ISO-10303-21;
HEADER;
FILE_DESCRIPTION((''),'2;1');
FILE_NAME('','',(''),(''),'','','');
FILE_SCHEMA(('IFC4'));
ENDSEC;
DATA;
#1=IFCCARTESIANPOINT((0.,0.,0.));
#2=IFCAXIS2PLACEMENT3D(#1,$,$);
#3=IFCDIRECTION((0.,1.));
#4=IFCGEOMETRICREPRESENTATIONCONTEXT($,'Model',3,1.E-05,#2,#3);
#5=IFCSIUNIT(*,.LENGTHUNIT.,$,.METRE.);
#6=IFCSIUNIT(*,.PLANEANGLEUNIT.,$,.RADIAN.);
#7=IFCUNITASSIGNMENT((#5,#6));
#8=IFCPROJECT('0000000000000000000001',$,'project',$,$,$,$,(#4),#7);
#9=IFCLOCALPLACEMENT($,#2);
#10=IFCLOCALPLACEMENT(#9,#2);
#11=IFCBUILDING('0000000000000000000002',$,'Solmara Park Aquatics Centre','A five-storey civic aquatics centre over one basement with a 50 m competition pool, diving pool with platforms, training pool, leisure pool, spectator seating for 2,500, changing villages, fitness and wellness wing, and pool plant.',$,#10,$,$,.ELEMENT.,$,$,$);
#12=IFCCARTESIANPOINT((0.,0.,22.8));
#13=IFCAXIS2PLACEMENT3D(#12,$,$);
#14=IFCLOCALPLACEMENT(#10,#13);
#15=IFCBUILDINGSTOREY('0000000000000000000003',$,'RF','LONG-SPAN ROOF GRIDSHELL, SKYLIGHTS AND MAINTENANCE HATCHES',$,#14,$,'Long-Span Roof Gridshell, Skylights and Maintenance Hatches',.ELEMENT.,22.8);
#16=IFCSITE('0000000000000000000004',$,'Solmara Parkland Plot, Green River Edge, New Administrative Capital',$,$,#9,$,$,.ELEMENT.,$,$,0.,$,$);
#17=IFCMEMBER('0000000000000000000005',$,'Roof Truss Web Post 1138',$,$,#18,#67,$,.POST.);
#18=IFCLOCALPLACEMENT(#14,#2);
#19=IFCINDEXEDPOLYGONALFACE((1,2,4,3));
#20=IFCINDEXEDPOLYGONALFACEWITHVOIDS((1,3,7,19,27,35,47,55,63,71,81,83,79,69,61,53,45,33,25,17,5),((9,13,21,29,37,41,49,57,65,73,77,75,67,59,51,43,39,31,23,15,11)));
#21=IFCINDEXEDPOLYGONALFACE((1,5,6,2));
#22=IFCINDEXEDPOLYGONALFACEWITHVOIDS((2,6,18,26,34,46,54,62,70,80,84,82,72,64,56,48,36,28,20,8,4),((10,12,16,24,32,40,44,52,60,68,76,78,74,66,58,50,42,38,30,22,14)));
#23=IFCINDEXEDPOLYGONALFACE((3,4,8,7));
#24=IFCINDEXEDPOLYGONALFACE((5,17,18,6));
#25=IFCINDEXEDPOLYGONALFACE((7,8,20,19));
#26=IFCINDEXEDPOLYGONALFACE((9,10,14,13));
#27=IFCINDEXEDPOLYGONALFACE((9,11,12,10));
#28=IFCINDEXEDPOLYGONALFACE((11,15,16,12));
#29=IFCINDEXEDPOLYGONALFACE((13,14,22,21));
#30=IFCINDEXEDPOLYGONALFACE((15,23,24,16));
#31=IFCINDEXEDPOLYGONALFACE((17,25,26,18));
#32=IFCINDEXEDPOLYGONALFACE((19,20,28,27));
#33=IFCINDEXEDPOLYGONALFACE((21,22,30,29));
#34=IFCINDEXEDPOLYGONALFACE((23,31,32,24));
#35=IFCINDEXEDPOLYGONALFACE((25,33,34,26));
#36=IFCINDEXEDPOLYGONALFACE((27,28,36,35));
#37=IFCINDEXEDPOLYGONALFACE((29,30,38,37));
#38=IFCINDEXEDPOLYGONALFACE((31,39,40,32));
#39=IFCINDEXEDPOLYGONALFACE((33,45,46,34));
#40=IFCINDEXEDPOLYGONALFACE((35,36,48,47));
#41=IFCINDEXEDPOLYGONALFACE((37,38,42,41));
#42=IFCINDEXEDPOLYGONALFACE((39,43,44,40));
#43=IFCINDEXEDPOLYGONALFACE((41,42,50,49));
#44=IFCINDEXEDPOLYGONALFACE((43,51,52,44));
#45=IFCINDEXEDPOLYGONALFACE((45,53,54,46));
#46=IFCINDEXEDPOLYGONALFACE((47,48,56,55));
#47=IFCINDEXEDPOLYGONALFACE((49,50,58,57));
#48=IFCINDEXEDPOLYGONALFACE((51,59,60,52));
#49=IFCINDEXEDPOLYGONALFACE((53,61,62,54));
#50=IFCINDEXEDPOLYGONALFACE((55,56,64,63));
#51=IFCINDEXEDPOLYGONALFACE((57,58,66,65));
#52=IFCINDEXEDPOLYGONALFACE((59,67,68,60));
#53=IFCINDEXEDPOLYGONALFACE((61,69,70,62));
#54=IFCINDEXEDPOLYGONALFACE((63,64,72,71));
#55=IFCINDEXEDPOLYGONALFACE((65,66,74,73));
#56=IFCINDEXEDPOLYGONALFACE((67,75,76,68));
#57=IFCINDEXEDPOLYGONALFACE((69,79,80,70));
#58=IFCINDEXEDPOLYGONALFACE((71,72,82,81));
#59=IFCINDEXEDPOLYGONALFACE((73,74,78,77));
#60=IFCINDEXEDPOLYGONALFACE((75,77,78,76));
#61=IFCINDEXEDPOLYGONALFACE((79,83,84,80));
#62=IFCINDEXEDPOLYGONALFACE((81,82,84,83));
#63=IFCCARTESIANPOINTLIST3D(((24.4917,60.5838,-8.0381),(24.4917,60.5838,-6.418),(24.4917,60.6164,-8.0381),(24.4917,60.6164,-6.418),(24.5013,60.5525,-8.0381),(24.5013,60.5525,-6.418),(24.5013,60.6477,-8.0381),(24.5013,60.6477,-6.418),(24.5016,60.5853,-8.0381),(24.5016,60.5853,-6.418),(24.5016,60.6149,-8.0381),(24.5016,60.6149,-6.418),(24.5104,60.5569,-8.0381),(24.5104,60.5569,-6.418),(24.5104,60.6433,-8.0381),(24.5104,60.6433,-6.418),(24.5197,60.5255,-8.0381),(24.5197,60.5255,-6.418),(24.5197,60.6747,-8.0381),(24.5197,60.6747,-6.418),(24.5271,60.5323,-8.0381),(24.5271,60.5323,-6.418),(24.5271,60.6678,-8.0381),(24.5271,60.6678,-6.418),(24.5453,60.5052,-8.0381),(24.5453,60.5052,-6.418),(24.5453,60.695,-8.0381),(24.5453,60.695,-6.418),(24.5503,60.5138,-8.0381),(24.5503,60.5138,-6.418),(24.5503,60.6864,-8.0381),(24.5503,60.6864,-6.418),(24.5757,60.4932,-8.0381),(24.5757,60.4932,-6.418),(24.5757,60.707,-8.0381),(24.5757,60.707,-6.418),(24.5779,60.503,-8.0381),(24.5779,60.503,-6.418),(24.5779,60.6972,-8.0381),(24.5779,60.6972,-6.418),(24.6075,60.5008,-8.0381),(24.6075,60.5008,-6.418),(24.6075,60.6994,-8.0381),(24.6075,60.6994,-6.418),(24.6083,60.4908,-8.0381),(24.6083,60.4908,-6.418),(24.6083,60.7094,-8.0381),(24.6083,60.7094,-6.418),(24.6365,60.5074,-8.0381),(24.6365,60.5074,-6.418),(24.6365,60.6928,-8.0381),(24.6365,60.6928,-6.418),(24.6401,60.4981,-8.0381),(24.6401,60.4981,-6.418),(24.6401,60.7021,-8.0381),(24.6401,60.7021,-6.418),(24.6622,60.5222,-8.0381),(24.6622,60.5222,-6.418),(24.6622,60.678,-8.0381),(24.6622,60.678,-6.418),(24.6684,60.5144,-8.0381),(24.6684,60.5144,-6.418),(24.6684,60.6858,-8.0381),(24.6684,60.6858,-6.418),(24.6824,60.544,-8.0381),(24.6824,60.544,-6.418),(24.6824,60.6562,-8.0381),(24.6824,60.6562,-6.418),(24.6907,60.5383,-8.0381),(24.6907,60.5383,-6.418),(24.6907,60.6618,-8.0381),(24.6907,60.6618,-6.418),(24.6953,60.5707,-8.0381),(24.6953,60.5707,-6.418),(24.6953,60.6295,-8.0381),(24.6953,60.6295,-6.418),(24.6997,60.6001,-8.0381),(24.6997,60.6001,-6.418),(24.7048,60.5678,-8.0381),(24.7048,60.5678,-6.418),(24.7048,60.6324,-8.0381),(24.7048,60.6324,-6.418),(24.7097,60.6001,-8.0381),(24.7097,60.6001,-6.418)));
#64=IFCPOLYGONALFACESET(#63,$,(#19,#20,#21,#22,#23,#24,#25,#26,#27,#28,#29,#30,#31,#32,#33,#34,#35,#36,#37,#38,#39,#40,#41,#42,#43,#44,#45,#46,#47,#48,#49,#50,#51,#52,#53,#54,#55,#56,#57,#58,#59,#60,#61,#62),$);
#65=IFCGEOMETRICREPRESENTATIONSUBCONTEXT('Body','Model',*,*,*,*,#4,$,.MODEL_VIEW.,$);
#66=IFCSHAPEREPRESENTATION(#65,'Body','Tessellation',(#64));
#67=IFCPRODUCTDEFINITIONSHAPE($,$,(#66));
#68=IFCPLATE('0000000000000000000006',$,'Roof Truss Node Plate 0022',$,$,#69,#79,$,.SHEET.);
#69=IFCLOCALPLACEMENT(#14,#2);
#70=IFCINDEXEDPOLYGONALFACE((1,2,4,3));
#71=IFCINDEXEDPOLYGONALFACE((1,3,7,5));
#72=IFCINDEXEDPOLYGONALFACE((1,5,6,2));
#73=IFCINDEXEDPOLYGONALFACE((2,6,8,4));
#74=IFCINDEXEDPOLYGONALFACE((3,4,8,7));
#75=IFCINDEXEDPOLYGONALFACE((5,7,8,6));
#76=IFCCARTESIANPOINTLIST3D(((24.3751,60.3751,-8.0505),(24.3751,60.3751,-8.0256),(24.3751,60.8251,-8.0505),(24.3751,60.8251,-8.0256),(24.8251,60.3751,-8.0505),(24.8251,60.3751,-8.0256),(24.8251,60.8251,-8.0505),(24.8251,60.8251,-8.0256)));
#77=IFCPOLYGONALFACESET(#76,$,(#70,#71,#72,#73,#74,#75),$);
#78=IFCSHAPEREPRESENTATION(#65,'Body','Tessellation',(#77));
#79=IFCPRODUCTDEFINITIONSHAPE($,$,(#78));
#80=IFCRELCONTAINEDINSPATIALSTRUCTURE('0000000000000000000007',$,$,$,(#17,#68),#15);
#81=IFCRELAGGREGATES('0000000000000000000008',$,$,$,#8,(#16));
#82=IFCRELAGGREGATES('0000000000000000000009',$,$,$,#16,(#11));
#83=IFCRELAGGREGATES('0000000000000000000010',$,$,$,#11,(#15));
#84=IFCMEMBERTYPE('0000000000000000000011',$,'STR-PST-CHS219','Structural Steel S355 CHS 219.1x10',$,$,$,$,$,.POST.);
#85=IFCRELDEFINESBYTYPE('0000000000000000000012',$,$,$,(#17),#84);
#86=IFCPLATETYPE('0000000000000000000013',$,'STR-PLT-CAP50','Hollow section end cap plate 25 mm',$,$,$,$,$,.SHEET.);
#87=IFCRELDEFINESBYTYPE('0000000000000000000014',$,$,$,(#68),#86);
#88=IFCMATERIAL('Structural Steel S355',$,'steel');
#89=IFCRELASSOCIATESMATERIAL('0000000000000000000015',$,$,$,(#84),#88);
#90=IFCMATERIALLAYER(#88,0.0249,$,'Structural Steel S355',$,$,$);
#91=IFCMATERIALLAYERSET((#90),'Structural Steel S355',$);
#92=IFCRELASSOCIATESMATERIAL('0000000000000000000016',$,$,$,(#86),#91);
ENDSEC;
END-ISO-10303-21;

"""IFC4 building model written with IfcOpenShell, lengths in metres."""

from ifc_helpers import new_model, si_unit, direction, frame, origin, origin_2d, place, context, subcontext, project, spatial, rectangle, hollow_circle, extrude, material, layer, layer_set, material_profile, profile_set, type_object, element, save


model = new_model("IFC4")

# Units and contexts
model_context = context("Model", 3, precision=1e-05, world=origin(), true_north=direction((0.0, 1.0)))
body_context = subcontext(model_context, "Body", "Model", "MODEL_VIEW")
ifc_project = project(units=[si_unit("LENGTHUNIT", "METRE"), si_unit("PLANEANGLEUNIT", "RADIAN")], contexts=[model_context])

# Site, building, storey
site_placement = place(None, origin())
site = spatial("IfcSite", under=ifc_project, at=site_placement, Name="Solmara Parkland Plot, Green River Edge, New Administrative Capital", CompositionType="ELEMENT", RefElevation=0.0)
building_placement = place(site_placement, origin())
building = spatial("IfcBuilding", under=site, at=building_placement, Name="Solmara Park Aquatics Centre", Description="A five-storey civic aquatics centre over one basement with a 50 m competition pool, diving pool with platforms, training pool, leisure pool, spectator seating for 2,500, changing villages, fitness and wellness wing, and pool plant.", CompositionType="ELEMENT")
storey_placement = place(building_placement, frame((0.0, 0.0, 22.8)))
storey = spatial("IfcBuildingStorey", under=building, at=storey_placement, Name="RF", Description="LONG-SPAN ROOF GRIDSHELL, SKYLIGHTS AND MAINTENANCE HATCHES", LongName="Long-Span Roof Gridshell, Skylights and Maintenance Hatches", CompositionType="ELEMENT", Elevation=22.8)

# Member
ifc_material_1 = material(Name="Structural Steel S355", Category="steel")
ifc_material_profile_1 = material_profile(ifc_material_1, hollow_circle(Radius=0.1096, WallThickness=0.01, at=origin_2d()), Name="CHS 219.1x10")
ifc_profile_set_1 = profile_set([ifc_material_profile_1], Name="Structural Steel S355")
member_type_1 = type_object("IfcMemberType", Name="STR-PST-CHS219", Description="Structural Steel S355 CHS 219.1x10", PredefinedType="POST", material=ifc_profile_set_1)
for number, where, z_axis, x_axis, name in (
    (1, (24.6001, 60.6001, -8.0381), (0.0, 0.0, 1.0), (1.0, 0.0, 0.0), "Roof Truss Web Post 1138"),
):
    element("IfcMember", number, at=place(storey_placement, frame(where, z_axis=z_axis, x_axis=x_axis)), inside=storey, type_object=member_type_1, Name=name, PredefinedType="POST", context=body_context, shape_type="SweptSolid", body=[
        extrude(hollow_circle(Radius=0.1096, WallThickness=0.01, at=origin_2d()), origin(), (0.0, 0.0, 1.0), 1.6201),
    ])

# Plate
ifc_layer = layer(ifc_material_1, 0.0249, Name="Structural Steel S355")
ifc_layer_set = layer_set([ifc_layer], Name="Structural Steel S355")
plate_type = type_object("IfcPlateType", Name="STR-PLT-CAP50", Description="Hollow section end cap plate 25 mm", PredefinedType="SHEET", material=ifc_layer_set)
plate_placement = place(storey_placement, frame((24.6001, 60.6001, -8.0505), z_axis=(0.0, 0.0, 1.0), x_axis=(1.0, 0.0, 0.0)))
element("IfcPlate", 2, at=plate_placement, inside=storey, type_object=plate_type, Name="Roof Truss Node Plate 0022", PredefinedType="SHEET", context=body_context, shape_type="SweptSolid", body=[
    extrude(rectangle(XDim=0.45, YDim=0.45, at=origin_2d()), origin(), (0.0, 0.0, 1.0), 0.0249),
])

save(model, "model.ifc")
